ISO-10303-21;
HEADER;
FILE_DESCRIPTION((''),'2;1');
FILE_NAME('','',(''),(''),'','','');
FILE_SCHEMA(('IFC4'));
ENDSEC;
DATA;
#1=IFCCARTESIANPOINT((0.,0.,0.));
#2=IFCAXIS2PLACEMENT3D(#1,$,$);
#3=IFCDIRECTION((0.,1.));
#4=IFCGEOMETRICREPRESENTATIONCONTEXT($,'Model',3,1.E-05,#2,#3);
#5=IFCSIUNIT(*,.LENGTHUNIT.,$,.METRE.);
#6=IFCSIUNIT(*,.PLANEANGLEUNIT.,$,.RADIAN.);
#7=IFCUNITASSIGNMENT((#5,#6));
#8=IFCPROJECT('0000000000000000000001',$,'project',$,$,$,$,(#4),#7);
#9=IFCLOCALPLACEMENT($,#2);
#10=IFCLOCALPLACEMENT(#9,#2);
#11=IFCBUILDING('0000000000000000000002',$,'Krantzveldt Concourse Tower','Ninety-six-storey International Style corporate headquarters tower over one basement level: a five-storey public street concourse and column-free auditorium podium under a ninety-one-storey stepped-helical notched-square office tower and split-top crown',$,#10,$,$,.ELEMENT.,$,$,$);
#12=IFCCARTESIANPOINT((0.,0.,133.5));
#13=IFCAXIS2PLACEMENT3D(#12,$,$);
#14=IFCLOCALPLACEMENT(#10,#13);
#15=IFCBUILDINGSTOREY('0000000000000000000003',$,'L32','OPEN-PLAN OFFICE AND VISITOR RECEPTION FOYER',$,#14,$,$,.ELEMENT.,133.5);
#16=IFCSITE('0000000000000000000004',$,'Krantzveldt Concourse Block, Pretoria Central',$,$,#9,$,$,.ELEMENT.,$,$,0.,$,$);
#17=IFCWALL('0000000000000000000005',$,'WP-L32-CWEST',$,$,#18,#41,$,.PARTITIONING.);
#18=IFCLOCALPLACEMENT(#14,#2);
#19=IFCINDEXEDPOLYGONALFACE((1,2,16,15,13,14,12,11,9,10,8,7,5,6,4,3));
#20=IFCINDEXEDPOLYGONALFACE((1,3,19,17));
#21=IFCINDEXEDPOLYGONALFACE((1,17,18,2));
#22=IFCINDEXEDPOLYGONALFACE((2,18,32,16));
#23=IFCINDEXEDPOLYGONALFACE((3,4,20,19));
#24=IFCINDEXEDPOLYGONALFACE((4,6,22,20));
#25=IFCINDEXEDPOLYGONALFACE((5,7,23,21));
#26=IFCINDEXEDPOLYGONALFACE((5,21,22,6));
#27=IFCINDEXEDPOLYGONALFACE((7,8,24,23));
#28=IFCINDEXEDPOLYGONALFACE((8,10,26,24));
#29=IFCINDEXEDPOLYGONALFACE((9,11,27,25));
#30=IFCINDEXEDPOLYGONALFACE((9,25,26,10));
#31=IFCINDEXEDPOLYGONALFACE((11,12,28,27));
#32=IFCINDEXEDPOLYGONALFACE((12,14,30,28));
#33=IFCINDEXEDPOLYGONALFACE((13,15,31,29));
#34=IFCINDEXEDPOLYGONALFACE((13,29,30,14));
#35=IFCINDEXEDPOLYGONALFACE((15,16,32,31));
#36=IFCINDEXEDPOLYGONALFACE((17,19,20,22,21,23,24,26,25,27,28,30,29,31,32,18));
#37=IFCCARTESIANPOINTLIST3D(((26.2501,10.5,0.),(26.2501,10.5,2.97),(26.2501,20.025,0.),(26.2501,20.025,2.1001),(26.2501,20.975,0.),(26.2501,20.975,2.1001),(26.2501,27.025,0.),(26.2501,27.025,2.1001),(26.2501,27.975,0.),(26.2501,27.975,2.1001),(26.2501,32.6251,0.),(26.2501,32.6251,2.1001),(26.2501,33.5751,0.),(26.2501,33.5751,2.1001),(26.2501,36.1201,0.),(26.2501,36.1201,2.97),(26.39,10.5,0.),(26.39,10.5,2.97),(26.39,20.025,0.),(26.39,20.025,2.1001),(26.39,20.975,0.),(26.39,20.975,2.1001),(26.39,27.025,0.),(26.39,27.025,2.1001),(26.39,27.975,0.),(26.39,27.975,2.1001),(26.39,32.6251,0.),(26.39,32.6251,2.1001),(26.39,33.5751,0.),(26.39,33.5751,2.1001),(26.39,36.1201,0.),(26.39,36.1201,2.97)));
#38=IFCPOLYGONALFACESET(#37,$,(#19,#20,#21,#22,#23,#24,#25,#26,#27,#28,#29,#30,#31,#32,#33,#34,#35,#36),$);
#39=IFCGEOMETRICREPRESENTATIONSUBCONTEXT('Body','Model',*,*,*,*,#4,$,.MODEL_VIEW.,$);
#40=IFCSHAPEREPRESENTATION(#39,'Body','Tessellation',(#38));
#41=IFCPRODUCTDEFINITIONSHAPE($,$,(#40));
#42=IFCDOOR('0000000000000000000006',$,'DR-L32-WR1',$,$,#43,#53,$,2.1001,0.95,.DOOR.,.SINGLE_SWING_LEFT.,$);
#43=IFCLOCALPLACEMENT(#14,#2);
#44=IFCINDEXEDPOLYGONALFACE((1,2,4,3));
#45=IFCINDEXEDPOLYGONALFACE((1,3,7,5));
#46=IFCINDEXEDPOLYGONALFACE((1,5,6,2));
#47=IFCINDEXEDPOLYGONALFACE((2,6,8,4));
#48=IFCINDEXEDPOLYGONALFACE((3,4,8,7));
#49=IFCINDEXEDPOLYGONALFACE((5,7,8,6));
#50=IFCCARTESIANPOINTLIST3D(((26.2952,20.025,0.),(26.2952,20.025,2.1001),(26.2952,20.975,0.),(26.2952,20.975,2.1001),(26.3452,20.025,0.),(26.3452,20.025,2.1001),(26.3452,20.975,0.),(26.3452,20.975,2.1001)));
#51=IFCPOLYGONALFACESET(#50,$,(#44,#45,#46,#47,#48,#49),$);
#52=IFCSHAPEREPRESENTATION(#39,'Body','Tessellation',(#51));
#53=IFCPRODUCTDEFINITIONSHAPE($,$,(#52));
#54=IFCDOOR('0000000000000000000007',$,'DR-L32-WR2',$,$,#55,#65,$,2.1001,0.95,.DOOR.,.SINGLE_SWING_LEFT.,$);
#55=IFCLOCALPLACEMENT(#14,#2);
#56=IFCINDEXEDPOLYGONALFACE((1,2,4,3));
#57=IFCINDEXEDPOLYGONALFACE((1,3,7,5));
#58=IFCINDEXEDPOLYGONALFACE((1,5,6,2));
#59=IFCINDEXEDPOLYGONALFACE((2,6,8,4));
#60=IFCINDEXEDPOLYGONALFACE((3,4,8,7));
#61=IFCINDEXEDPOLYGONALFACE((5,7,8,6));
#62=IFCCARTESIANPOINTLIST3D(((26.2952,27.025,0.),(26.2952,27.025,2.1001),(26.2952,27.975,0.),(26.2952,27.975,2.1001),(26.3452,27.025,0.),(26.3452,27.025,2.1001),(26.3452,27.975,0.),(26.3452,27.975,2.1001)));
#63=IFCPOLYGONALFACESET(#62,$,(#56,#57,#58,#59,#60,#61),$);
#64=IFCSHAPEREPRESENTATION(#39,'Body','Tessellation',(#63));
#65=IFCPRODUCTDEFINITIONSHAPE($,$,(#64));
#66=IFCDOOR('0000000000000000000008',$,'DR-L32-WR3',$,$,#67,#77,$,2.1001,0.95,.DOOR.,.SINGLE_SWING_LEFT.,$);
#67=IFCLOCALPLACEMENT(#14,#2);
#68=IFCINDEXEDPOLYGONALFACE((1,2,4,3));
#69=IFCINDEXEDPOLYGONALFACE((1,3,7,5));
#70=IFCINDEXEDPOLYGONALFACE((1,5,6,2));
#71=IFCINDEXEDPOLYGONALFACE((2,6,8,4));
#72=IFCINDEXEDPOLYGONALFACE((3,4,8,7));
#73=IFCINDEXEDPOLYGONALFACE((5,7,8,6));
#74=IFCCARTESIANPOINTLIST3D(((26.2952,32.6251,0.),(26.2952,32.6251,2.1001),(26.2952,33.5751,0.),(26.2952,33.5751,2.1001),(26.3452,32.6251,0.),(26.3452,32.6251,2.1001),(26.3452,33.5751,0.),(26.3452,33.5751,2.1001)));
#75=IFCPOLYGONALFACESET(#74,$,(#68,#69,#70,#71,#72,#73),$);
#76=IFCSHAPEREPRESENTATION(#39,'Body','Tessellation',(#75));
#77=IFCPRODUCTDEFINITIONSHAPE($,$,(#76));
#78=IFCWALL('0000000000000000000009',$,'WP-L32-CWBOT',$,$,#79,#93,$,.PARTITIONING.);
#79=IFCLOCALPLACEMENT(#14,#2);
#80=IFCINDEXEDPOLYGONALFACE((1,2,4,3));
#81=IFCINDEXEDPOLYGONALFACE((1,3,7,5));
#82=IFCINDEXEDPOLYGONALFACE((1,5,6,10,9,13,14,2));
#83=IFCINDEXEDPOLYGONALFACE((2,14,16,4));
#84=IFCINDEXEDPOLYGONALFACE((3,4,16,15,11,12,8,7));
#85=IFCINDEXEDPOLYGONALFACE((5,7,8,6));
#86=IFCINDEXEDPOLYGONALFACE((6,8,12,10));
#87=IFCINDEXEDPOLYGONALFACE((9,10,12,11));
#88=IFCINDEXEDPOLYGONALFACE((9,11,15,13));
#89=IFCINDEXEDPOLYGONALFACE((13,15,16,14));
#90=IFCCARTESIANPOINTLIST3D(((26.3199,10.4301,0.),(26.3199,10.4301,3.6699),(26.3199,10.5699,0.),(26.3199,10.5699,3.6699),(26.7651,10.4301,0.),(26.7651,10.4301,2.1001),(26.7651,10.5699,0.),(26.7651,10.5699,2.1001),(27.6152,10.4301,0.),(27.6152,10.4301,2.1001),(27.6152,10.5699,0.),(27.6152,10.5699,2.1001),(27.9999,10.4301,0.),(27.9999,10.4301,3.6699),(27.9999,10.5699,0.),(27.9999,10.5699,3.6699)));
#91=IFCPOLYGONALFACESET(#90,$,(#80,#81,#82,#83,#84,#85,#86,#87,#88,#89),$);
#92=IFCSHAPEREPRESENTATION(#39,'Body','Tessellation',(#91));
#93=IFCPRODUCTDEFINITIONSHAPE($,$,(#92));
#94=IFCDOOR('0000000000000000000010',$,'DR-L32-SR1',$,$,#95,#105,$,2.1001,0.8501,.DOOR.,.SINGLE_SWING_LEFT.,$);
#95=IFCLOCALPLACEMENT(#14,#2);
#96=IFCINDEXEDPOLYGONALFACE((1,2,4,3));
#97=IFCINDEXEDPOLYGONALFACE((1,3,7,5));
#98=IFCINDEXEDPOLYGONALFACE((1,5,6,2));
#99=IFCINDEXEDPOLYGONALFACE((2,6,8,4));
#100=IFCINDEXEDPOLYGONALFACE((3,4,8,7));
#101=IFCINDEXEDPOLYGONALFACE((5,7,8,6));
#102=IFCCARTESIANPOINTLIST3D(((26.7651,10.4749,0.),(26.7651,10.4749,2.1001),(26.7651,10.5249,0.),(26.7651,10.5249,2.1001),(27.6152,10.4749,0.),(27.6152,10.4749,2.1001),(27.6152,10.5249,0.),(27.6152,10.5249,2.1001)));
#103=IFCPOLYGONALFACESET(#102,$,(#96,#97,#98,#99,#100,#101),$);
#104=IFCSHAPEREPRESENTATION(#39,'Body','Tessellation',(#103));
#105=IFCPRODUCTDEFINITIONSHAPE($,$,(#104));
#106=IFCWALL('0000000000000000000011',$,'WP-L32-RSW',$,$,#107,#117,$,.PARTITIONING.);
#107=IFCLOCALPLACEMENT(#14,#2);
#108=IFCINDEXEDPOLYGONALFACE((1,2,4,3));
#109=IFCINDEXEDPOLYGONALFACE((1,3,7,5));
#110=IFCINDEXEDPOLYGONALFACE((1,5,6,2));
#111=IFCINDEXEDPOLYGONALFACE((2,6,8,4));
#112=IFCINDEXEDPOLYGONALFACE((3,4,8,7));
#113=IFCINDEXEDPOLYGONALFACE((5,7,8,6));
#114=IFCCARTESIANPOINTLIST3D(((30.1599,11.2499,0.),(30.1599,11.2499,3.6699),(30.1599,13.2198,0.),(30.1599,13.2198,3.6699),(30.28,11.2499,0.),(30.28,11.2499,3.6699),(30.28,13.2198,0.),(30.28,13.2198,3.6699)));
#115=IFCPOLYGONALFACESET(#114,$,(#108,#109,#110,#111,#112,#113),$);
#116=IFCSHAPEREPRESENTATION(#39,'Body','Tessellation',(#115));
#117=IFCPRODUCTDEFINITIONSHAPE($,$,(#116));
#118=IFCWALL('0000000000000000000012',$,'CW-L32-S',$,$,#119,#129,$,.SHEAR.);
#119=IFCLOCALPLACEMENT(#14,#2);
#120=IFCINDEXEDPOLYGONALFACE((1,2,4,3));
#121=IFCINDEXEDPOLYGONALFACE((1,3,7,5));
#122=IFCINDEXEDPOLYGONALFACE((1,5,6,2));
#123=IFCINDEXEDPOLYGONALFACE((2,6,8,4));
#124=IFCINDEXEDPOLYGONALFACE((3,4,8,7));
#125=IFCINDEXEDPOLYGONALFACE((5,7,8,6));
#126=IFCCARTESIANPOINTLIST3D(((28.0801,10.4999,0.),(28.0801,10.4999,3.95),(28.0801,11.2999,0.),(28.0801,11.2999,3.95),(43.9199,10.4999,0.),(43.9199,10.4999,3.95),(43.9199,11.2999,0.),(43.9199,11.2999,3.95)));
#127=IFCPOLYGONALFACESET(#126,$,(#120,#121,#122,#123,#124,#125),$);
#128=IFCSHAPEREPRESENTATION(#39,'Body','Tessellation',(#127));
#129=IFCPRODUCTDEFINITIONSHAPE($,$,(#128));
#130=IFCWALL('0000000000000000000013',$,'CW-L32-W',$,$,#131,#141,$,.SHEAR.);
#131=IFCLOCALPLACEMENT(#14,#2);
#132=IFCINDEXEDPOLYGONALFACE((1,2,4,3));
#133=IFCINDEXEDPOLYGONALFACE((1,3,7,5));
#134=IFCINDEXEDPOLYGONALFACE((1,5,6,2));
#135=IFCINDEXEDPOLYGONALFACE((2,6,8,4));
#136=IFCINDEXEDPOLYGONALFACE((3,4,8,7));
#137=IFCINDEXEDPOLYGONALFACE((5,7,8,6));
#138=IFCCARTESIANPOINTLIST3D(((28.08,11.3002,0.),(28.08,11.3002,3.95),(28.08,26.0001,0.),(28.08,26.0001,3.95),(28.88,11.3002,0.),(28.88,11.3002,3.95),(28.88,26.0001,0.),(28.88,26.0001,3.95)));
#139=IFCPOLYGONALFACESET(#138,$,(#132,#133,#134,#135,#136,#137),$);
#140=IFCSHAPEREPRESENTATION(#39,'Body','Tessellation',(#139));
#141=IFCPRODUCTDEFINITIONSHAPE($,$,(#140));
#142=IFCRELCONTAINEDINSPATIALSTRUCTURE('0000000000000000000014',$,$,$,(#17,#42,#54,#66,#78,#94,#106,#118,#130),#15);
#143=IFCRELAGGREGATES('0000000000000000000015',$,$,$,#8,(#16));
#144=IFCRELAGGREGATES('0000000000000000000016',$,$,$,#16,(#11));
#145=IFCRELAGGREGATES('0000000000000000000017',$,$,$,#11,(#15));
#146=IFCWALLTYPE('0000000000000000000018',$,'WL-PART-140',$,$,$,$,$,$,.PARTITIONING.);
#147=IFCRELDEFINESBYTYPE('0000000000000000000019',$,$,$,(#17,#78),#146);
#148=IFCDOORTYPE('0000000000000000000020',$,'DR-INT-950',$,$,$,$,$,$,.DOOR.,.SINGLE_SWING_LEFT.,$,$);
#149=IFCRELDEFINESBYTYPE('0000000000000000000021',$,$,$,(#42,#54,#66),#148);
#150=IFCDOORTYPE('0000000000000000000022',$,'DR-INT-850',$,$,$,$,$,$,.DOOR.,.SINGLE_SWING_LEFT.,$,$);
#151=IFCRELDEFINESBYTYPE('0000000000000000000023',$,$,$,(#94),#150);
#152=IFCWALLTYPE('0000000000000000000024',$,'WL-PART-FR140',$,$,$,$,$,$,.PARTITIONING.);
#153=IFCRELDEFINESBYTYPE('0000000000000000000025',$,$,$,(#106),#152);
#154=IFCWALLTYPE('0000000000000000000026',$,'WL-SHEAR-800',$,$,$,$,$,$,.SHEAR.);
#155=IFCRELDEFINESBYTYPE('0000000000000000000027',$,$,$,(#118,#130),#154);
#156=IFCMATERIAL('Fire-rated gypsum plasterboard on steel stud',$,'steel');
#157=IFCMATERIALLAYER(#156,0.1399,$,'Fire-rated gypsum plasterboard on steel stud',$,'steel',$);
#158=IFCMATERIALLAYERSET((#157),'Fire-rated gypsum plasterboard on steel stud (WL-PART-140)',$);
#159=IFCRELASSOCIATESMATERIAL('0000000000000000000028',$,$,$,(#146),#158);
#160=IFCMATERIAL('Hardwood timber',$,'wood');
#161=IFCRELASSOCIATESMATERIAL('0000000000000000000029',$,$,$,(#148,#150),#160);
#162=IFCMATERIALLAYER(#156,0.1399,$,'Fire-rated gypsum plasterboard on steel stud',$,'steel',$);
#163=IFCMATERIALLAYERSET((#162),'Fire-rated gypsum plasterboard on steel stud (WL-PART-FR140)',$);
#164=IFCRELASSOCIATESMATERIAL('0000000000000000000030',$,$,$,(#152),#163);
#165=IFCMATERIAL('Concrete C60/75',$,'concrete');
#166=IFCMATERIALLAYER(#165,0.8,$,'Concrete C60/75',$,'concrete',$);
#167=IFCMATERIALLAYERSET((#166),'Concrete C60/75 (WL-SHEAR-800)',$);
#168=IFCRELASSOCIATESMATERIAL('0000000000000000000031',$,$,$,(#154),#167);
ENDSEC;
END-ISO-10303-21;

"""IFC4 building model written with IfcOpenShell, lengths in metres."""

from ifc_helpers import new_model, si_unit, direction, frame, frame_2d, origin, place, context, subcontext, project, spatial, rectangle, extrude, material, layer, layer_set, type_object, element, fill, save


model = new_model("IFC4")

# Units and contexts
model_context = context("Model", 3, precision=1e-05, world=origin(), true_north=direction((0.0, 1.0)))
body_context = subcontext(model_context, "Body", "Model", "MODEL_VIEW")
ifc_project = project(units=[si_unit("LENGTHUNIT", "METRE"), si_unit("PLANEANGLEUNIT", "RADIAN")], contexts=[model_context])

# Site, building, storey
site_placement = place(None, origin())
site = spatial("IfcSite", under=ifc_project, at=site_placement, Name="Krantzveldt Concourse Block, Pretoria Central", CompositionType="ELEMENT", RefElevation=0.0)
building_placement = place(site_placement, origin())
building = spatial("IfcBuilding", under=site, at=building_placement, Name="Krantzveldt Concourse Tower", Description="Ninety-six-storey International Style corporate headquarters tower over one basement level: a five-storey public street concourse and column-free auditorium podium under a ninety-one-storey stepped-helical notched-square office tower and split-top crown", CompositionType="ELEMENT")
storey_placement = place(building_placement, frame((0.0, 0.0, 133.5)))
storey = spatial("IfcBuildingStorey", under=building, at=storey_placement, Name="L32", Description="OPEN-PLAN OFFICE AND VISITOR RECEPTION FOYER", CompositionType="ELEMENT", Elevation=133.5)

# Wall, openings, doors
ifc_material_1 = material(Name="Fire-rated gypsum plasterboard on steel stud", Category="steel")
ifc_layer_1 = layer(ifc_material_1, 0.1399, Name="Fire-rated gypsum plasterboard on steel stud", Category="steel")
ifc_layer_set_1 = layer_set([ifc_layer_1], Name="Fire-rated gypsum plasterboard on steel stud (WL-PART-140)")
wall_type_1 = type_object("IfcWallType", Name="WL-PART-140", PredefinedType="PARTITIONING", material=ifc_layer_set_1)
wall_1_placement = place(storey_placement, frame((26.3201, 10.5, 0.0), z_axis=(0.0, 0.0, 1.0), x_axis=(0.0, 1.0, 0.0)))
wall_1 = element("IfcWall", 1, at=wall_1_placement, inside=storey, type_object=wall_type_1, Name="WP-L32-CWEST", PredefinedType="PARTITIONING", context=body_context, shape_type="SweptSolid", body=[
    extrude(rectangle(XDim=25.6201, YDim=0.1399, at=frame_2d((12.8101, 0.0))), origin(), (0.0, 0.0, 1.0), 2.97),
])
opening_1_placement = place(wall_1_placement, frame((9.5249, 0.0, 0.0)))
opening_1 = element("IfcOpeningElement", 2, at=opening_1_placement, cuts=wall_1, PredefinedType="OPENING", context=body_context, shape_type="SweptSolid", body=[
    extrude(rectangle(XDim=0.95, YDim=2.1001, at=frame_2d((0.4751, 1.05))), frame((0.0, 0.0801, 0.0), z_axis=(0.0, -1.0, 0.0), x_axis=(1.0, 0.0, 0.0)), (0.0, 0.0, 1.0), 0.1599),
])
opening_2_placement = place(wall_1_placement, frame((16.5249, 0.0, 0.0)))
opening_2 = element("IfcOpeningElement", 3, at=opening_2_placement, cuts=wall_1, PredefinedType="OPENING", context=body_context, shape_type="SweptSolid", body=[
    extrude(rectangle(XDim=0.95, YDim=2.1001, at=frame_2d((0.4751, 1.05))), frame((0.0, 0.0801, 0.0), z_axis=(0.0, -1.0, 0.0), x_axis=(1.0, 0.0, 0.0)), (0.0, 0.0, 1.0), 0.1599),
])
opening_3_placement = place(wall_1_placement, frame((22.125, 0.0, 0.0)))
opening_3 = element("IfcOpeningElement", 4, at=opening_3_placement, cuts=wall_1, PredefinedType="OPENING", context=body_context, shape_type="SweptSolid", body=[
    extrude(rectangle(XDim=0.95, YDim=2.1001, at=frame_2d((0.4751, 1.05))), frame((0.0, 0.0801, 0.0), z_axis=(0.0, -1.0, 0.0), x_axis=(1.0, 0.0, 0.0)), (0.0, 0.0, 1.0), 0.1599),
])
ifc_material_2 = material(Name="Hardwood timber", Category="wood")
door_type_1 = type_object("IfcDoorType", Name="DR-INT-950", OperationType="SINGLE_SWING_LEFT", PredefinedType="DOOR", material=ifc_material_2)
door_1_placement = place(opening_1_placement, origin())
door_1 = element("IfcDoor", 5, at=door_1_placement, inside=storey, type_object=door_type_1, Name="DR-L32-WR1", OperationType="SINGLE_SWING_LEFT", OverallHeight=2.1001, OverallWidth=0.95, PredefinedType="DOOR", context=body_context, shape_type="SweptSolid", body=[
    extrude(rectangle(XDim=0.95, YDim=2.1001, at=frame_2d((0.4751, 1.05))), frame((0.0, 0.0249, 0.0), z_axis=(0.0, -1.0, 0.0), x_axis=(1.0, 0.0, 0.0)), (0.0, 0.0, 1.0), 0.05),
])
fill(opening_1, door_1)
door_2_placement = place(opening_2_placement, origin())
door_2 = element("IfcDoor", 6, at=door_2_placement, inside=storey, type_object=door_type_1, Name="DR-L32-WR2", OperationType="SINGLE_SWING_LEFT", OverallHeight=2.1001, OverallWidth=0.95, PredefinedType="DOOR", context=body_context, shape_type="SweptSolid", body=[
    extrude(rectangle(XDim=0.95, YDim=2.1001, at=frame_2d((0.4751, 1.05))), frame((0.0, 0.0249, 0.0), z_axis=(0.0, -1.0, 0.0), x_axis=(1.0, 0.0, 0.0)), (0.0, 0.0, 1.0), 0.05),
])
fill(opening_2, door_2)
door_3_placement = place(opening_3_placement, origin())
door_3 = element("IfcDoor", 7, at=door_3_placement, inside=storey, type_object=door_type_1, Name="DR-L32-WR3", OperationType="SINGLE_SWING_LEFT", OverallHeight=2.1001, OverallWidth=0.95, PredefinedType="DOOR", context=body_context, shape_type="SweptSolid", body=[
    extrude(rectangle(XDim=0.95, YDim=2.1001, at=frame_2d((0.4751, 1.05))), frame((0.0, 0.0249, 0.0), z_axis=(0.0, -1.0, 0.0), x_axis=(1.0, 0.0, 0.0)), (0.0, 0.0, 1.0), 0.05),
])
fill(opening_3, door_3)

# Wall, opening, door
wall_2_placement = place(storey_placement, frame((26.3201, 10.5, 0.0), z_axis=(0.0, 0.0, 1.0), x_axis=(1.0, 0.0, 0.0)))
wall_2 = element("IfcWall", 8, at=wall_2_placement, inside=storey, type_object=wall_type_1, Name="WP-L32-CWBOT", PredefinedType="PARTITIONING", context=body_context, shape_type="SweptSolid", body=[
    extrude(rectangle(XDim=1.6799, YDim=0.1399, at=frame_2d((0.8398, 0.0))), origin(), (0.0, 0.0, 1.0), 3.6699),
])
opening_4_placement = place(wall_2_placement, frame((0.4451, 0.0, 0.0)))
opening_4 = element("IfcOpeningElement", 9, at=opening_4_placement, cuts=wall_2, PredefinedType="OPENING", context=body_context, shape_type="SweptSolid", body=[
    extrude(rectangle(XDim=0.8501, YDim=2.1001, at=frame_2d((0.425, 1.05))), frame((0.0, 0.0801, 0.0), z_axis=(0.0, -1.0, 0.0), x_axis=(1.0, 0.0, 0.0)), (0.0, 0.0, 1.0), 0.1599),
])
door_type_2 = type_object("IfcDoorType", Name="DR-INT-850", OperationType="SINGLE_SWING_LEFT", PredefinedType="DOOR", material=ifc_material_2)
door_4_placement = place(opening_4_placement, origin())
door_4 = element("IfcDoor", 10, at=door_4_placement, inside=storey, type_object=door_type_2, Name="DR-L32-SR1", OperationType="SINGLE_SWING_LEFT", OverallHeight=2.1001, OverallWidth=0.8501, PredefinedType="DOOR", context=body_context, shape_type="SweptSolid", body=[
    extrude(rectangle(XDim=0.8501, YDim=2.1001, at=frame_2d((0.425, 1.05))), frame((0.0, 0.0249, 0.0), z_axis=(0.0, -1.0, 0.0), x_axis=(1.0, 0.0, 0.0)), (0.0, 0.0, 1.0), 0.05),
])
fill(opening_4, door_4)

# Walls
ifc_layer_2 = layer(ifc_material_1, 0.1399, Name="Fire-rated gypsum plasterboard on steel stud", Category="steel")
ifc_layer_set_2 = layer_set([ifc_layer_2], Name="Fire-rated gypsum plasterboard on steel stud (WL-PART-FR140)")
wall_type_2 = type_object("IfcWallType", Name="WL-PART-FR140", PredefinedType="PARTITIONING", material=ifc_layer_set_2)
wall_3_placement = place(storey_placement, frame((30.22, 11.25, 0.0), z_axis=(0.0, 0.0, 1.0), x_axis=(0.0, 1.0, 0.0)))
element("IfcWall", 11, at=wall_3_placement, inside=storey, type_object=wall_type_2, Name="WP-L32-RSW", PredefinedType="PARTITIONING", context=body_context, shape_type="SweptSolid", body=[
    extrude(rectangle(XDim=1.97, YDim=0.1201, at=frame_2d((0.9849, 0.0))), origin(), (0.0, 0.0, 1.0), 3.6699),
])
ifc_material_3 = material(Name="Concrete C60/75", Category="concrete")
ifc_layer_3 = layer(ifc_material_3, 0.8, Name="Concrete C60/75", Category="concrete")
ifc_layer_set_3 = layer_set([ifc_layer_3], Name="Concrete C60/75 (WL-SHEAR-800)")
wall_type_3 = type_object("IfcWallType", Name="WL-SHEAR-800", PredefinedType="SHEAR", material=ifc_layer_set_3)
wall_4_placement = place(storey_placement, frame((28.0801, 10.8999, 0.0), z_axis=(0.0, 0.0, 1.0), x_axis=(1.0, 0.0, 0.0)))
element("IfcWall", 12, at=wall_4_placement, inside=storey, type_object=wall_type_3, Name="CW-L32-S", PredefinedType="SHEAR", context=body_context, shape_type="SweptSolid", body=[
    extrude(rectangle(XDim=15.8398, YDim=0.8, at=frame_2d((7.9199, 0.0))), origin(), (0.0, 0.0, 1.0), 3.95),
])
wall_5_placement = place(storey_placement, frame((28.48, 11.3, 0.0), z_axis=(0.0, 0.0, 1.0), x_axis=(0.0, 1.0, 0.0)))
element("IfcWall", 13, at=wall_5_placement, inside=storey, type_object=wall_type_3, Name="CW-L32-W", PredefinedType="SHEAR", context=body_context, shape_type="SweptSolid", body=[
    extrude(rectangle(XDim=14.7, YDim=0.8, at=frame_2d((7.3501, 0.0))), origin(), (0.0, 0.0, 1.0), 3.95),
])

save(model, "model.ifc")
